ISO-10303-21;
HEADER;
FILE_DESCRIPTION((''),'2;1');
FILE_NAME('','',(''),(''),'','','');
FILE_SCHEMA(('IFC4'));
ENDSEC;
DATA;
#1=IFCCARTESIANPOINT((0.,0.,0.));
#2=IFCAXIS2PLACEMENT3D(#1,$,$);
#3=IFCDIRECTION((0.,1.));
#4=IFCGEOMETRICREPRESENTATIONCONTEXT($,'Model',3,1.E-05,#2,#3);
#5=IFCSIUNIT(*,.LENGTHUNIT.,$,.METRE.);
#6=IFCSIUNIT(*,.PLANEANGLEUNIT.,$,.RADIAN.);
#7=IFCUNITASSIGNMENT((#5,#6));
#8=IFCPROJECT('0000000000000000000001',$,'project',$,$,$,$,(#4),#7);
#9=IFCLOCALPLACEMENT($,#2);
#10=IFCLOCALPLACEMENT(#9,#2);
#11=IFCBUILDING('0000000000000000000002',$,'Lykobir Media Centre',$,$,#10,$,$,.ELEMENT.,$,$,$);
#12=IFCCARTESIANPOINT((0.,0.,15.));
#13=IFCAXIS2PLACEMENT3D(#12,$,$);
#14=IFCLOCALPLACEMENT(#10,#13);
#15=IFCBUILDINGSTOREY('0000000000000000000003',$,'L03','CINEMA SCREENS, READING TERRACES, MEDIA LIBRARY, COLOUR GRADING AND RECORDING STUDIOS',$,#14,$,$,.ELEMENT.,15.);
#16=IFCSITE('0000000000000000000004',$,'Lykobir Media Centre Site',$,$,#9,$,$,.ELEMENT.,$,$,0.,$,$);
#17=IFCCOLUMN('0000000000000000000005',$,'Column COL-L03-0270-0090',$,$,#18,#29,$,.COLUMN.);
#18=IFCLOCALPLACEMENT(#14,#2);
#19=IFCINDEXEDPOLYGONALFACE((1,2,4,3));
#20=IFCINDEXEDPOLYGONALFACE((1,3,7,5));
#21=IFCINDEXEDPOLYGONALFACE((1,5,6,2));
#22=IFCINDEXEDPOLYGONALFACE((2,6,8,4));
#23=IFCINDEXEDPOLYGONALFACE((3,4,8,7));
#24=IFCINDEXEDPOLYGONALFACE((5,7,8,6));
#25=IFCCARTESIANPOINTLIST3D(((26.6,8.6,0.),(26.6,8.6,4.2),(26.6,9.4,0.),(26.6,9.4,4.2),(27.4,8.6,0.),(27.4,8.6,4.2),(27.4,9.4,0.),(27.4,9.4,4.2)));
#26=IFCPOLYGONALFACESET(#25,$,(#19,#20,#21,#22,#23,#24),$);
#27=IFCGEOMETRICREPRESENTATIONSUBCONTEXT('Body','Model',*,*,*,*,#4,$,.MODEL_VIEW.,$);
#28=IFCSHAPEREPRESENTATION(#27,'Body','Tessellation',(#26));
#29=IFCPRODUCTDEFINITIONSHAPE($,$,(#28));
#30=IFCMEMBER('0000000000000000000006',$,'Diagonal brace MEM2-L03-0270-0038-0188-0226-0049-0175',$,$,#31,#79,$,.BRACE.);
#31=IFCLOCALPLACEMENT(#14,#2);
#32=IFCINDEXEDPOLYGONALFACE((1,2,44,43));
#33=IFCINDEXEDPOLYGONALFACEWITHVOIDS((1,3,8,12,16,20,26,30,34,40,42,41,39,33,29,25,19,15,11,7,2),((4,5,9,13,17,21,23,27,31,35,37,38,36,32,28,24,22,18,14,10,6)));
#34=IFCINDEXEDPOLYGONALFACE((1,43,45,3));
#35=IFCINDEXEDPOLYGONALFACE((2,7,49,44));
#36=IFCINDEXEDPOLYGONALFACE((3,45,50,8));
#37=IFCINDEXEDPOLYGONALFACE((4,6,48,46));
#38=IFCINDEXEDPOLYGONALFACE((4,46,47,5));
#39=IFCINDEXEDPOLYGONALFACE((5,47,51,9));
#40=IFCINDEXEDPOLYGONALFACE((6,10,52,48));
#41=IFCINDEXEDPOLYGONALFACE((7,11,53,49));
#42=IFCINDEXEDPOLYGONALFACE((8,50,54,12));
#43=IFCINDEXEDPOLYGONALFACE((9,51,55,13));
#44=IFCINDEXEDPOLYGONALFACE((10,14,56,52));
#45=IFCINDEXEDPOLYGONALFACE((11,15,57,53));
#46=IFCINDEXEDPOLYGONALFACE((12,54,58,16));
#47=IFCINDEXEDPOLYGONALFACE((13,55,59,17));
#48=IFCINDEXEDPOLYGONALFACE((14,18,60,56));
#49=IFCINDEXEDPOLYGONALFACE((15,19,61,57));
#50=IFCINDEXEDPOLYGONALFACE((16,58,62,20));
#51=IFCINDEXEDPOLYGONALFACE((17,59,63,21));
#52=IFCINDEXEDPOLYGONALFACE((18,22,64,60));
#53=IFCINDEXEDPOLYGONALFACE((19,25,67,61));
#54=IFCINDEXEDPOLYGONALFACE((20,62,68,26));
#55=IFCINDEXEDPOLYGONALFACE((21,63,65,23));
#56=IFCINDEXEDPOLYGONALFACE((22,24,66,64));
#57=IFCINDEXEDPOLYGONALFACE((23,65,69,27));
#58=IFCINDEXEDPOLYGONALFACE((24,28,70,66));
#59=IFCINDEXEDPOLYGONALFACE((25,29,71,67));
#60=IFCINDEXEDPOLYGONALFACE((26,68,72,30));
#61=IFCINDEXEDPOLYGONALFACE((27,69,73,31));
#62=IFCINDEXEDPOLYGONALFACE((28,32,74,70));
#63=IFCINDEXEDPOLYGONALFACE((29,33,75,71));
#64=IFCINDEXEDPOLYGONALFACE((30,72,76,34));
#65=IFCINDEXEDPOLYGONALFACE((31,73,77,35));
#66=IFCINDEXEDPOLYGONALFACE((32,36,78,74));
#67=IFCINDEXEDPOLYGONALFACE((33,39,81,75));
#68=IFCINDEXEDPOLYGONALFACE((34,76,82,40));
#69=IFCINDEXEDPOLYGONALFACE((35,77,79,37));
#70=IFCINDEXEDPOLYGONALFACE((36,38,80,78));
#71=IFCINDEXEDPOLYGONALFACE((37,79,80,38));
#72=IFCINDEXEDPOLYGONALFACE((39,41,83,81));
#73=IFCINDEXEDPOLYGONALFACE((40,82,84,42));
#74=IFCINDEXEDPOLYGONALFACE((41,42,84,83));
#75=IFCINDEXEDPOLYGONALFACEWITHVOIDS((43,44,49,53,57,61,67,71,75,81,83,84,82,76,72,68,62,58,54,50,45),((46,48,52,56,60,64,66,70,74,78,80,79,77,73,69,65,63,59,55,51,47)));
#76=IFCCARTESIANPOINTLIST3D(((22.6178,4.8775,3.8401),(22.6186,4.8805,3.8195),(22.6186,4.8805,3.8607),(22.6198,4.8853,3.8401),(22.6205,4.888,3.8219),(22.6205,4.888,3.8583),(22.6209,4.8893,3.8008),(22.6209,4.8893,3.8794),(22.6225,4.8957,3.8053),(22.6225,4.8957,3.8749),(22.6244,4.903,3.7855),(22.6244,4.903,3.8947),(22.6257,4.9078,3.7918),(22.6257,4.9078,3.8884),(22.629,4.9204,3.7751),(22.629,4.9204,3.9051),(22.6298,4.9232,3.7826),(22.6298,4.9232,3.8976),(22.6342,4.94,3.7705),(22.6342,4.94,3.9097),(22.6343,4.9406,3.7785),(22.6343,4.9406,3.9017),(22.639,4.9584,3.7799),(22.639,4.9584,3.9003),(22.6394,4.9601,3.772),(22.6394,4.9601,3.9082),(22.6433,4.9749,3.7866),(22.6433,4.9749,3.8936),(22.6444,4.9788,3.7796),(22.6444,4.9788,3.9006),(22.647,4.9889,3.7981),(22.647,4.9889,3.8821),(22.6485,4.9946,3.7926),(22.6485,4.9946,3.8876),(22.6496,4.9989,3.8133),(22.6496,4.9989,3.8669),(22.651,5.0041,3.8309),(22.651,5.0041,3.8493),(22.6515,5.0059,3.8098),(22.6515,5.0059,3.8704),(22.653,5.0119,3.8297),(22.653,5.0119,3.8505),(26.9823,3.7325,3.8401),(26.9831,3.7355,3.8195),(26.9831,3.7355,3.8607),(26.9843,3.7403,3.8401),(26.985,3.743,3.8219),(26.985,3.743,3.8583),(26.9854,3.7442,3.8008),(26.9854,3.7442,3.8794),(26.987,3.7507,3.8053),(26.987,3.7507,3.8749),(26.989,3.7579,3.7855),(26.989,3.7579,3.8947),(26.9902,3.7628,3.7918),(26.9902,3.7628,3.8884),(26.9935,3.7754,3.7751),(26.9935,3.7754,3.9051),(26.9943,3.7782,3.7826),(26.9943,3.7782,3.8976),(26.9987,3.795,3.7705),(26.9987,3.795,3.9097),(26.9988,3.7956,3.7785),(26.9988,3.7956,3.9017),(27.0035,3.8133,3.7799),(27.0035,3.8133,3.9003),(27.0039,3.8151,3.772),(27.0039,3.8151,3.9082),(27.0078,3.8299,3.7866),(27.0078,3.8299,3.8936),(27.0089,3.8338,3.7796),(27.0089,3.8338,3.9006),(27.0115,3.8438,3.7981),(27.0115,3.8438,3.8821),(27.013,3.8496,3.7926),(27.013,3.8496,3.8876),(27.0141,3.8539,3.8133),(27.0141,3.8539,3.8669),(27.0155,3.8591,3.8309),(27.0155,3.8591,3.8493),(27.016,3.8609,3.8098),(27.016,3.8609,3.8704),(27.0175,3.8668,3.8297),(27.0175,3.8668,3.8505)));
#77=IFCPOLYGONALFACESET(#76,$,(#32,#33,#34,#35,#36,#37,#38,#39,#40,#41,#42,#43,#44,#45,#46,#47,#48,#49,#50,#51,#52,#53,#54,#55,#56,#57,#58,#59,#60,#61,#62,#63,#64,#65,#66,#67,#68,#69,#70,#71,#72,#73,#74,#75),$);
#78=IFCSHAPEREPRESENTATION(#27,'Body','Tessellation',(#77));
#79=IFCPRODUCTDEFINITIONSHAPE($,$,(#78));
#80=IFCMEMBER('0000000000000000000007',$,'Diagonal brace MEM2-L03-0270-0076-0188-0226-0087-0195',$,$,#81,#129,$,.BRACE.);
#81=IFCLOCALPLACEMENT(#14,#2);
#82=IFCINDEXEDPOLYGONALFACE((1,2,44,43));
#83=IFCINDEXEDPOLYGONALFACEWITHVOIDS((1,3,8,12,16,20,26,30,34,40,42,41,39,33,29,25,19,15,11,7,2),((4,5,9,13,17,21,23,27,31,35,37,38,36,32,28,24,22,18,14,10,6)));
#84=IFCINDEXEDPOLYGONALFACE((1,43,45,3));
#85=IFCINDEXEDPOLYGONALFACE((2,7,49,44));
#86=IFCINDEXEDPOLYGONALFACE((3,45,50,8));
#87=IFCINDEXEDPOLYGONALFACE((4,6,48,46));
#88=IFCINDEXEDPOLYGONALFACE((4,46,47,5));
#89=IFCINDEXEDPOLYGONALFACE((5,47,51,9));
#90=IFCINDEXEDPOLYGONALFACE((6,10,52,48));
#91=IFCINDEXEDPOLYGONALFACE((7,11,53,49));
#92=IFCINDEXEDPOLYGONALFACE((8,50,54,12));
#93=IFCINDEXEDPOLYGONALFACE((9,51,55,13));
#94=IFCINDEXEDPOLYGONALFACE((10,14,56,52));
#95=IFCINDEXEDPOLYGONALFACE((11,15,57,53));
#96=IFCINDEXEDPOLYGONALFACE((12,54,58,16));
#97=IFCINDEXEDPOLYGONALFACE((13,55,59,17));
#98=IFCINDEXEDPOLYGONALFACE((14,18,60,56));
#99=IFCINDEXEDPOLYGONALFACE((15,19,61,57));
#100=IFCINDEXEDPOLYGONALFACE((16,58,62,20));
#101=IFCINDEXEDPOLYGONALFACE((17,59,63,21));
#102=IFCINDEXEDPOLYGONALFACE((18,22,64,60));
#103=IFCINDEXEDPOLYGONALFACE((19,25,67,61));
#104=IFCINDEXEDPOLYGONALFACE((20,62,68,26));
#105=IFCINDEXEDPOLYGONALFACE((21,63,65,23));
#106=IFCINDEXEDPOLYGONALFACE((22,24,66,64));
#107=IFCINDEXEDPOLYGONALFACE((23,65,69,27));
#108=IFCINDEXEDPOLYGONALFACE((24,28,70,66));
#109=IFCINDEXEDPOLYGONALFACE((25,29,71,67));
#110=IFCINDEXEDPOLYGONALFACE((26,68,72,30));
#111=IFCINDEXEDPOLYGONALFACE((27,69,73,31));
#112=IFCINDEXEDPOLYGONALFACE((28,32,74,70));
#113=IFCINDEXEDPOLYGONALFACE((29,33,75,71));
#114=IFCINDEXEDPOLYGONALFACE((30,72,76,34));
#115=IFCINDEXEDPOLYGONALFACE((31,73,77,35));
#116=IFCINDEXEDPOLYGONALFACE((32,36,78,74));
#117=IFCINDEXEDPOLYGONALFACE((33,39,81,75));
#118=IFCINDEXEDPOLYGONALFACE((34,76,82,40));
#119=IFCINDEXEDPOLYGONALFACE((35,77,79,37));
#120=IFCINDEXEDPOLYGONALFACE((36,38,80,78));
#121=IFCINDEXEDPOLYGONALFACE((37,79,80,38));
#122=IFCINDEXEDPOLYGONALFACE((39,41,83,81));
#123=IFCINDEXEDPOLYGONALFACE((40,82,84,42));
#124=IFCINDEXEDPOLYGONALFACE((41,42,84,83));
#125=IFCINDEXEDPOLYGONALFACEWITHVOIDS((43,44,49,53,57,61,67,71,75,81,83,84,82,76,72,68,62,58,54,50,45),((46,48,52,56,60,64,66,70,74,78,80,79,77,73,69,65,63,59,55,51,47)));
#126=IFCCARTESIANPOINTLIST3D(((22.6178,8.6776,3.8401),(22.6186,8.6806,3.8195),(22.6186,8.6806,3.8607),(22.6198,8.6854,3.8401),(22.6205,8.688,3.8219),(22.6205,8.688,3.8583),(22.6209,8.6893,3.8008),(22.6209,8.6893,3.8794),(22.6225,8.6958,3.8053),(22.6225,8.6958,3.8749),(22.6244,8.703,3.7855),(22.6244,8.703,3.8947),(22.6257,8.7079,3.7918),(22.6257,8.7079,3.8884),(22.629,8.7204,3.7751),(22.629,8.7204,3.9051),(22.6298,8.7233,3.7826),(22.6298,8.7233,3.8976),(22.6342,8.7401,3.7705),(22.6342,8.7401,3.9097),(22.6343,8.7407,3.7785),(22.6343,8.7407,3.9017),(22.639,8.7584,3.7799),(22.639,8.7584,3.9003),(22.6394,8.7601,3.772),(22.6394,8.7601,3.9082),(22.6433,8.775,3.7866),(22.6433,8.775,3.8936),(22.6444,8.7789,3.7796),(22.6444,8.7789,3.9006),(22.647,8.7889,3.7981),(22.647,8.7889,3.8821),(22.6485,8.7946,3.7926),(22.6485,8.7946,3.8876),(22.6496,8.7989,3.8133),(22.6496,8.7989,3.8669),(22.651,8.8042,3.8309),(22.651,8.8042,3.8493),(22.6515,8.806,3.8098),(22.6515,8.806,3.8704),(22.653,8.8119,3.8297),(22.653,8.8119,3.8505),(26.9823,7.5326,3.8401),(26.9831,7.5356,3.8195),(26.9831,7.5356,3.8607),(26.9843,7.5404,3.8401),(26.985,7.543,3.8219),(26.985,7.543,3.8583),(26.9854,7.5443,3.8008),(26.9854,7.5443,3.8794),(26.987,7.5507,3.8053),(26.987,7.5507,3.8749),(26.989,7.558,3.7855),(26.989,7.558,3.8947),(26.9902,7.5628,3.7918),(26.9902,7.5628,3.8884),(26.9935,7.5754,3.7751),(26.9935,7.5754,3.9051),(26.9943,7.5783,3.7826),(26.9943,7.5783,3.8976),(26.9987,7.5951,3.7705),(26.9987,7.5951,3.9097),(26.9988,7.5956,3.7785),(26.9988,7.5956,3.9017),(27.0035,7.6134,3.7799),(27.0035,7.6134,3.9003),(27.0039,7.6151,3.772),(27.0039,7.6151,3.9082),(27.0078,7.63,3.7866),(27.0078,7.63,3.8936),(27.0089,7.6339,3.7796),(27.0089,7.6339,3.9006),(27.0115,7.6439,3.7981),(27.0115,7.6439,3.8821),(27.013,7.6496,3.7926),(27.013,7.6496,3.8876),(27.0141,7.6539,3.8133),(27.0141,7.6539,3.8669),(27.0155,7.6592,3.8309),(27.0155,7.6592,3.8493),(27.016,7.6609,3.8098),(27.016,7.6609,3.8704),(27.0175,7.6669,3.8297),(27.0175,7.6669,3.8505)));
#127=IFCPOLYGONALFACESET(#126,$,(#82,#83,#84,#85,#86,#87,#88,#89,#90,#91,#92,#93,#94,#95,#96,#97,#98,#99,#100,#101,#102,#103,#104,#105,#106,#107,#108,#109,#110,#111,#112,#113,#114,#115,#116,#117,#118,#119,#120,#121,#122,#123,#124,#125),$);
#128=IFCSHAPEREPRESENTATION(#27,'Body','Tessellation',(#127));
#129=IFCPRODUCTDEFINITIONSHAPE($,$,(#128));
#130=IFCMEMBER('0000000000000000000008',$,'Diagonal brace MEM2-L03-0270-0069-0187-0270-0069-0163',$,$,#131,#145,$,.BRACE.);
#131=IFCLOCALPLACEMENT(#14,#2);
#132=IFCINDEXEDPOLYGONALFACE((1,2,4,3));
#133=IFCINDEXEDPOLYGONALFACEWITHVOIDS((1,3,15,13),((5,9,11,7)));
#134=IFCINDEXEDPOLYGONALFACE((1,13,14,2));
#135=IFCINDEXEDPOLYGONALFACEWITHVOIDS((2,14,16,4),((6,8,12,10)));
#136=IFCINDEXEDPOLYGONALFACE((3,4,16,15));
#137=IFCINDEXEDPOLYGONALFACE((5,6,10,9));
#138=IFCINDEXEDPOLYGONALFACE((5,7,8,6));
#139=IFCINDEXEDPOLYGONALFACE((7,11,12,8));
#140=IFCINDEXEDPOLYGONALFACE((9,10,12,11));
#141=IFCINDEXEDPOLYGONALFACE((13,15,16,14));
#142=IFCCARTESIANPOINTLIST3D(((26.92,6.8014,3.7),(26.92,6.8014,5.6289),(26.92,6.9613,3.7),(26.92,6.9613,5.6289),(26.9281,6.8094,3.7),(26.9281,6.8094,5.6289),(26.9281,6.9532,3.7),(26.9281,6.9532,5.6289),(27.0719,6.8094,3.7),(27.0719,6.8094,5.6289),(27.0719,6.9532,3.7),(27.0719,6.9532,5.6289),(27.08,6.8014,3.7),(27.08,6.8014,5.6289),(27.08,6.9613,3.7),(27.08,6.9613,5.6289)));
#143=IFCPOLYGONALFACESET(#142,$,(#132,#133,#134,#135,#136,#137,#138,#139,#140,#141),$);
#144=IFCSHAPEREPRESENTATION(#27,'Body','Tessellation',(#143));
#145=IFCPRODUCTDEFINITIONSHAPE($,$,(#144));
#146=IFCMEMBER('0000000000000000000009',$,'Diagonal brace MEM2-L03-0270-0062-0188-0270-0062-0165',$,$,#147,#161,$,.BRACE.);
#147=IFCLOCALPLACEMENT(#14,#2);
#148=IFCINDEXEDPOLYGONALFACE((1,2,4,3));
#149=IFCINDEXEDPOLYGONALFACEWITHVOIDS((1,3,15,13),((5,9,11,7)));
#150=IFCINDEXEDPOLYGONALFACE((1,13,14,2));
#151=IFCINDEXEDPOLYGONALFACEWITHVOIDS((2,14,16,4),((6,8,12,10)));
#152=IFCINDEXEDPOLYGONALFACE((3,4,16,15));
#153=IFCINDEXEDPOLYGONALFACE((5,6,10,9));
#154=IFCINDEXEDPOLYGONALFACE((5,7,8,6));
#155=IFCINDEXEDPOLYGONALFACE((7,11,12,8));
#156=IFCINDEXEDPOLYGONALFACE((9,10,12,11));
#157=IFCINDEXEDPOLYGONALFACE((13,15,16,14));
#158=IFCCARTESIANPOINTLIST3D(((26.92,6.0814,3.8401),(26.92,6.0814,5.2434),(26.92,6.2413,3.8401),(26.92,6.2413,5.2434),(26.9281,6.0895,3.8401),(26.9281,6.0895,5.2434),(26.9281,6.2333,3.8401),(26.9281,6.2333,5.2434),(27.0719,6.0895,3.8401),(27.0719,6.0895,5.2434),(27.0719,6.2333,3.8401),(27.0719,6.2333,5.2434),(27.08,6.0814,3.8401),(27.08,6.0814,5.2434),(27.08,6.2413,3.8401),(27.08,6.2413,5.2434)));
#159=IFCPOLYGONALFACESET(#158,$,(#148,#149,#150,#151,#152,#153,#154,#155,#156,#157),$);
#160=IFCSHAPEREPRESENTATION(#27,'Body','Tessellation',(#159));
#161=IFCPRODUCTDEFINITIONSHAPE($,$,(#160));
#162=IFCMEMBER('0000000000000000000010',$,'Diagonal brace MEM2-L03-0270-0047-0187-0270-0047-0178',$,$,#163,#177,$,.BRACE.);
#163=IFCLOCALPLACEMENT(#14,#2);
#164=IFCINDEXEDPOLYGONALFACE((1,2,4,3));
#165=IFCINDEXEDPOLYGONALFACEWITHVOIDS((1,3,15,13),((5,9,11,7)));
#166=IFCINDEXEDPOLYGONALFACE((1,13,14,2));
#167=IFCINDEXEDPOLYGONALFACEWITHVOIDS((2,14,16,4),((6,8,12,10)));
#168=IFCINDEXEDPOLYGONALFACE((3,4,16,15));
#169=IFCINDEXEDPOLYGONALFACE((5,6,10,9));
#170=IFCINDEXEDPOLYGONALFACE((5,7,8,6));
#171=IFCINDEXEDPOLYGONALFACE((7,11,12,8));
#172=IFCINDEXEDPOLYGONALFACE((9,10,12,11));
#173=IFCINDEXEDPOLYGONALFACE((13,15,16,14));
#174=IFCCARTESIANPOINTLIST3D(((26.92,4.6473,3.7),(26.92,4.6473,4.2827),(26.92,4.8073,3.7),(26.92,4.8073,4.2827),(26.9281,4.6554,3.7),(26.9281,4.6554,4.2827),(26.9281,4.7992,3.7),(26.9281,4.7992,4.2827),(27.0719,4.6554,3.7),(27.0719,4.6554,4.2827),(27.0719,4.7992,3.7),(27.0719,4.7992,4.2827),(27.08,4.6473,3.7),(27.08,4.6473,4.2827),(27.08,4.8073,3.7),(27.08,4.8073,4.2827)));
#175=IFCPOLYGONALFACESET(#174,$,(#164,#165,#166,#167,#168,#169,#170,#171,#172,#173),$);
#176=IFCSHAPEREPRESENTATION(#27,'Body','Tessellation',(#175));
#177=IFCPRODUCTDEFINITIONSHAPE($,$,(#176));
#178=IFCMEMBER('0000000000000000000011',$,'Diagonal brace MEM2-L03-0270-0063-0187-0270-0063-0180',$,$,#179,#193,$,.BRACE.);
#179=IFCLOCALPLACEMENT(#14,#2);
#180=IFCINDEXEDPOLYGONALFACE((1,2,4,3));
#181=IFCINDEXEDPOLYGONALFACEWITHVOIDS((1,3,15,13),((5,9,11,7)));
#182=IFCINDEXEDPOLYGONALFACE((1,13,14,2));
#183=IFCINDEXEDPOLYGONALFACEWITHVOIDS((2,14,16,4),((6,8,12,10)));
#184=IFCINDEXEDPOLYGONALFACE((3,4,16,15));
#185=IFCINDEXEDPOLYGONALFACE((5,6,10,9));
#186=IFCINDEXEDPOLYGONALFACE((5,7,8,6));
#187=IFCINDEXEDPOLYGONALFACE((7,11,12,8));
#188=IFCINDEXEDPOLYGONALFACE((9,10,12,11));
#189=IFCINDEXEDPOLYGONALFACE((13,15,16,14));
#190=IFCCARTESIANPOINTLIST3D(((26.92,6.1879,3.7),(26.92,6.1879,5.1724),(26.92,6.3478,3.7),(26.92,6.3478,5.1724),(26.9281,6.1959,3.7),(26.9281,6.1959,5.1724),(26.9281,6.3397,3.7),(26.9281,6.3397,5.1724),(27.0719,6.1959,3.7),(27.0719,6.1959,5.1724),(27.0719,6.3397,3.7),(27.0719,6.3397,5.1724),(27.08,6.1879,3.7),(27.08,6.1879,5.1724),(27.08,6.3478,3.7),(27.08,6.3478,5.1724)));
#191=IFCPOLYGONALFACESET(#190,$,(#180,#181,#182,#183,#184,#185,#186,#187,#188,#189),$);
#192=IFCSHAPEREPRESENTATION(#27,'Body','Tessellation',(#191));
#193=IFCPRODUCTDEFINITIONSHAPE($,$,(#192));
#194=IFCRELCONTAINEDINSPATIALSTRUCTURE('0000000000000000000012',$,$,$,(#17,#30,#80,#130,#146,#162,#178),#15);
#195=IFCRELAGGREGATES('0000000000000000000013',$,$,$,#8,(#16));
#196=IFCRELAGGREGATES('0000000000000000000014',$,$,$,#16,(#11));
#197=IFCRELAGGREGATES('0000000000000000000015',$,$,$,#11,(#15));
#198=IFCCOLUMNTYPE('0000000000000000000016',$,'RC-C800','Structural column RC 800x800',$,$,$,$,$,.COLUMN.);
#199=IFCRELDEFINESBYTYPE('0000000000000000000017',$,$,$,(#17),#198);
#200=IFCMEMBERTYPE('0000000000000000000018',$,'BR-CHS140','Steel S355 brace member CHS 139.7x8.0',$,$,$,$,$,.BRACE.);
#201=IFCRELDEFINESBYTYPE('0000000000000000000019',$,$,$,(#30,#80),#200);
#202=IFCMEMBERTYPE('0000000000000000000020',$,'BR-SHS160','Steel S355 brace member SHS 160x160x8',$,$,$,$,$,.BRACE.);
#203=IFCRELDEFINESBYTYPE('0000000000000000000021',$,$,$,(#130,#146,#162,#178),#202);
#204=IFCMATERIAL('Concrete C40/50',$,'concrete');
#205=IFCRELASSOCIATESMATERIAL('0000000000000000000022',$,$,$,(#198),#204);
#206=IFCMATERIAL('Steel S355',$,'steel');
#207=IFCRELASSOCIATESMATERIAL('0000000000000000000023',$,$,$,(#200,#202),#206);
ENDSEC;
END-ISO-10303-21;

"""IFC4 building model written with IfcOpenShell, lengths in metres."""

from ifc_helpers import new_model, si_unit, direction, frame, origin, origin_2d, place, context, subcontext, project, spatial, rectangle, hollow_rectangle, hollow_circle, extrude, material, material_profile, profile_set, type_object, element, save


model = new_model("IFC4")

# Units and contexts
model_context = context("Model", 3, precision=1e-05, world=origin(), true_north=direction((0.0, 1.0)))
body_context = subcontext(model_context, "Body", "Model", "MODEL_VIEW")
ifc_project = project(units=[si_unit("LENGTHUNIT", "METRE"), si_unit("PLANEANGLEUNIT", "RADIAN")], contexts=[model_context])

# Site, building, storey
site_placement = place(None, origin())
site = spatial("IfcSite", under=ifc_project, at=site_placement, Name="Lykobir Media Centre Site", CompositionType="ELEMENT", RefElevation=0.0)
building_placement = place(site_placement, origin())
building = spatial("IfcBuilding", under=site, at=building_placement, Name="Lykobir Media Centre", CompositionType="ELEMENT")
storey_placement = place(building_placement, frame((0.0, 0.0, 15.0)))
storey = spatial("IfcBuildingStorey", under=building, at=storey_placement, Name="L03", Description="CINEMA SCREENS, READING TERRACES, MEDIA LIBRARY, COLOUR GRADING AND RECORDING STUDIOS", CompositionType="ELEMENT", Elevation=15.0)

# Column
ifc_material_1 = material(Name="Concrete C40/50", Category="concrete")
ifc_material_profile_1 = material_profile(ifc_material_1, rectangle(XDim=0.8, YDim=0.8, at=origin_2d()), Name="RC 800x800")
ifc_profile_set_1 = profile_set([ifc_material_profile_1], Name="Concrete C40/50")
column_type = type_object("IfcColumnType", Name="RC-C800", Description="Structural column RC 800x800", PredefinedType="COLUMN", material=ifc_profile_set_1)
column_placement = place(storey_placement, frame((27.0, 9.0, 0.0), z_axis=(0.0, 0.0, 1.0), x_axis=(1.0, 0.0, 0.0)))
element("IfcColumn", 1, at=column_placement, inside=storey, type_object=column_type, Name="Column COL-L03-0270-0090", PredefinedType="COLUMN", context=body_context, shape_type="SweptSolid", body=[
    extrude(rectangle(XDim=0.8, YDim=0.8, at=origin_2d()), origin(), (0.0, 0.0, 1.0), 4.2),
])

# Members
ifc_material_2 = material(Name="Steel S355", Category="steel")
ifc_material_profile_2 = material_profile(ifc_material_2, hollow_circle(Radius=0.0698, WallThickness=0.0081, at=origin_2d()), Name="CHS 139.7x8.0")
ifc_profile_set_2 = profile_set([ifc_material_profile_2], Name="Steel S355")
member_type_1 = type_object("IfcMemberType", Name="BR-CHS140", Description="Steel S355 brace member CHS 139.7x8.0", PredefinedType="BRACE", material=ifc_profile_set_2)
for number, where, z_axis, x_axis, name in (
    (2, (27.0, 3.8, 3.8401), (-0.967267, 0.253761, 0.0), (-0.253761, -0.967267, 0.0), "Diagonal brace MEM2-L03-0270-0038-0188-0226-0049-0175"),
    (3, (27.0, 7.6001, 3.8401), (-0.967267, 0.253761, 0.0), (-0.253761, -0.967267, 0.0), "Diagonal brace MEM2-L03-0270-0076-0188-0226-0087-0195"),
):
    element("IfcMember", number, at=place(storey_placement, frame(where, z_axis=z_axis, x_axis=x_axis)), inside=storey, type_object=member_type_1, Name=name, PredefinedType="BRACE", context=body_context, shape_type="SweptSolid", body=[
        extrude(hollow_circle(Radius=0.0698, WallThickness=0.0081, at=origin_2d()), origin(), (0.0, 0.0, 1.0), 4.5122),
    ])
ifc_material_profile_3 = material_profile(ifc_material_2, hollow_rectangle(XDim=0.1599, YDim=0.1599, WallThickness=0.0081, at=origin_2d()), Name="SHS 160x160x8")
ifc_profile_set_3 = profile_set([ifc_material_profile_3], Name="Steel S355")
member_type_2 = type_object("IfcMemberType", Name="BR-SHS160", Description="Steel S355 brace member SHS 160x160x8", PredefinedType="BRACE", material=ifc_profile_set_3)
member_1_placement = place(storey_placement, frame((27.0, 6.8813, 3.7), z_axis=(0.0, 0.0, 1.0), x_axis=(1.0, 0.0, 0.0)))
element("IfcMember", 4, at=member_1_placement, inside=storey, type_object=member_type_2, Name="Diagonal brace MEM2-L03-0270-0069-0187-0270-0069-0163", PredefinedType="BRACE", context=body_context, shape_type="SweptSolid", body=[
    extrude(hollow_rectangle(XDim=0.1599, YDim=0.1599, WallThickness=0.0081, at=origin_2d()), origin(), (0.0, 0.0, 1.0), 1.929),
])
member_2_placement = place(storey_placement, frame((27.0, 6.1614, 3.8401), z_axis=(0.0, 0.0, 1.0), x_axis=(1.0, 0.0, 0.0)))
element("IfcMember", 5, at=member_2_placement, inside=storey, type_object=member_type_2, Name="Diagonal brace MEM2-L03-0270-0062-0188-0270-0062-0165", PredefinedType="BRACE", context=body_context, shape_type="SweptSolid", body=[
    extrude(hollow_rectangle(XDim=0.1599, YDim=0.1599, WallThickness=0.0081, at=origin_2d()), origin(), (0.0, 0.0, 1.0), 1.4033),
])
member_3_placement = place(storey_placement, frame((27.0, 4.7273, 3.7), z_axis=(0.0, 0.0, 1.0), x_axis=(1.0, 0.0, 0.0)))
element("IfcMember", 6, at=member_3_placement, inside=storey, type_object=member_type_2, Name="Diagonal brace MEM2-L03-0270-0047-0187-0270-0047-0178", PredefinedType="BRACE", context=body_context, shape_type="SweptSolid", body=[
    extrude(hollow_rectangle(XDim=0.1599, YDim=0.1599, WallThickness=0.0081, at=origin_2d()), origin(), (0.0, 0.0, 1.0), 0.5828),
])
member_4_placement = place(storey_placement, frame((27.0, 6.2678, 3.7), z_axis=(0.0, 0.0, 1.0), x_axis=(1.0, 0.0, 0.0)))
element("IfcMember", 7, at=member_4_placement, inside=storey, type_object=member_type_2, Name="Diagonal brace MEM2-L03-0270-0063-0187-0270-0063-0180", PredefinedType="BRACE", context=body_context, shape_type="SweptSolid", body=[
    extrude(hollow_rectangle(XDim=0.1599, YDim=0.1599, WallThickness=0.0081, at=origin_2d()), origin(), (0.0, 0.0, 1.0), 1.4724),
])

save(model, "model.ifc")
